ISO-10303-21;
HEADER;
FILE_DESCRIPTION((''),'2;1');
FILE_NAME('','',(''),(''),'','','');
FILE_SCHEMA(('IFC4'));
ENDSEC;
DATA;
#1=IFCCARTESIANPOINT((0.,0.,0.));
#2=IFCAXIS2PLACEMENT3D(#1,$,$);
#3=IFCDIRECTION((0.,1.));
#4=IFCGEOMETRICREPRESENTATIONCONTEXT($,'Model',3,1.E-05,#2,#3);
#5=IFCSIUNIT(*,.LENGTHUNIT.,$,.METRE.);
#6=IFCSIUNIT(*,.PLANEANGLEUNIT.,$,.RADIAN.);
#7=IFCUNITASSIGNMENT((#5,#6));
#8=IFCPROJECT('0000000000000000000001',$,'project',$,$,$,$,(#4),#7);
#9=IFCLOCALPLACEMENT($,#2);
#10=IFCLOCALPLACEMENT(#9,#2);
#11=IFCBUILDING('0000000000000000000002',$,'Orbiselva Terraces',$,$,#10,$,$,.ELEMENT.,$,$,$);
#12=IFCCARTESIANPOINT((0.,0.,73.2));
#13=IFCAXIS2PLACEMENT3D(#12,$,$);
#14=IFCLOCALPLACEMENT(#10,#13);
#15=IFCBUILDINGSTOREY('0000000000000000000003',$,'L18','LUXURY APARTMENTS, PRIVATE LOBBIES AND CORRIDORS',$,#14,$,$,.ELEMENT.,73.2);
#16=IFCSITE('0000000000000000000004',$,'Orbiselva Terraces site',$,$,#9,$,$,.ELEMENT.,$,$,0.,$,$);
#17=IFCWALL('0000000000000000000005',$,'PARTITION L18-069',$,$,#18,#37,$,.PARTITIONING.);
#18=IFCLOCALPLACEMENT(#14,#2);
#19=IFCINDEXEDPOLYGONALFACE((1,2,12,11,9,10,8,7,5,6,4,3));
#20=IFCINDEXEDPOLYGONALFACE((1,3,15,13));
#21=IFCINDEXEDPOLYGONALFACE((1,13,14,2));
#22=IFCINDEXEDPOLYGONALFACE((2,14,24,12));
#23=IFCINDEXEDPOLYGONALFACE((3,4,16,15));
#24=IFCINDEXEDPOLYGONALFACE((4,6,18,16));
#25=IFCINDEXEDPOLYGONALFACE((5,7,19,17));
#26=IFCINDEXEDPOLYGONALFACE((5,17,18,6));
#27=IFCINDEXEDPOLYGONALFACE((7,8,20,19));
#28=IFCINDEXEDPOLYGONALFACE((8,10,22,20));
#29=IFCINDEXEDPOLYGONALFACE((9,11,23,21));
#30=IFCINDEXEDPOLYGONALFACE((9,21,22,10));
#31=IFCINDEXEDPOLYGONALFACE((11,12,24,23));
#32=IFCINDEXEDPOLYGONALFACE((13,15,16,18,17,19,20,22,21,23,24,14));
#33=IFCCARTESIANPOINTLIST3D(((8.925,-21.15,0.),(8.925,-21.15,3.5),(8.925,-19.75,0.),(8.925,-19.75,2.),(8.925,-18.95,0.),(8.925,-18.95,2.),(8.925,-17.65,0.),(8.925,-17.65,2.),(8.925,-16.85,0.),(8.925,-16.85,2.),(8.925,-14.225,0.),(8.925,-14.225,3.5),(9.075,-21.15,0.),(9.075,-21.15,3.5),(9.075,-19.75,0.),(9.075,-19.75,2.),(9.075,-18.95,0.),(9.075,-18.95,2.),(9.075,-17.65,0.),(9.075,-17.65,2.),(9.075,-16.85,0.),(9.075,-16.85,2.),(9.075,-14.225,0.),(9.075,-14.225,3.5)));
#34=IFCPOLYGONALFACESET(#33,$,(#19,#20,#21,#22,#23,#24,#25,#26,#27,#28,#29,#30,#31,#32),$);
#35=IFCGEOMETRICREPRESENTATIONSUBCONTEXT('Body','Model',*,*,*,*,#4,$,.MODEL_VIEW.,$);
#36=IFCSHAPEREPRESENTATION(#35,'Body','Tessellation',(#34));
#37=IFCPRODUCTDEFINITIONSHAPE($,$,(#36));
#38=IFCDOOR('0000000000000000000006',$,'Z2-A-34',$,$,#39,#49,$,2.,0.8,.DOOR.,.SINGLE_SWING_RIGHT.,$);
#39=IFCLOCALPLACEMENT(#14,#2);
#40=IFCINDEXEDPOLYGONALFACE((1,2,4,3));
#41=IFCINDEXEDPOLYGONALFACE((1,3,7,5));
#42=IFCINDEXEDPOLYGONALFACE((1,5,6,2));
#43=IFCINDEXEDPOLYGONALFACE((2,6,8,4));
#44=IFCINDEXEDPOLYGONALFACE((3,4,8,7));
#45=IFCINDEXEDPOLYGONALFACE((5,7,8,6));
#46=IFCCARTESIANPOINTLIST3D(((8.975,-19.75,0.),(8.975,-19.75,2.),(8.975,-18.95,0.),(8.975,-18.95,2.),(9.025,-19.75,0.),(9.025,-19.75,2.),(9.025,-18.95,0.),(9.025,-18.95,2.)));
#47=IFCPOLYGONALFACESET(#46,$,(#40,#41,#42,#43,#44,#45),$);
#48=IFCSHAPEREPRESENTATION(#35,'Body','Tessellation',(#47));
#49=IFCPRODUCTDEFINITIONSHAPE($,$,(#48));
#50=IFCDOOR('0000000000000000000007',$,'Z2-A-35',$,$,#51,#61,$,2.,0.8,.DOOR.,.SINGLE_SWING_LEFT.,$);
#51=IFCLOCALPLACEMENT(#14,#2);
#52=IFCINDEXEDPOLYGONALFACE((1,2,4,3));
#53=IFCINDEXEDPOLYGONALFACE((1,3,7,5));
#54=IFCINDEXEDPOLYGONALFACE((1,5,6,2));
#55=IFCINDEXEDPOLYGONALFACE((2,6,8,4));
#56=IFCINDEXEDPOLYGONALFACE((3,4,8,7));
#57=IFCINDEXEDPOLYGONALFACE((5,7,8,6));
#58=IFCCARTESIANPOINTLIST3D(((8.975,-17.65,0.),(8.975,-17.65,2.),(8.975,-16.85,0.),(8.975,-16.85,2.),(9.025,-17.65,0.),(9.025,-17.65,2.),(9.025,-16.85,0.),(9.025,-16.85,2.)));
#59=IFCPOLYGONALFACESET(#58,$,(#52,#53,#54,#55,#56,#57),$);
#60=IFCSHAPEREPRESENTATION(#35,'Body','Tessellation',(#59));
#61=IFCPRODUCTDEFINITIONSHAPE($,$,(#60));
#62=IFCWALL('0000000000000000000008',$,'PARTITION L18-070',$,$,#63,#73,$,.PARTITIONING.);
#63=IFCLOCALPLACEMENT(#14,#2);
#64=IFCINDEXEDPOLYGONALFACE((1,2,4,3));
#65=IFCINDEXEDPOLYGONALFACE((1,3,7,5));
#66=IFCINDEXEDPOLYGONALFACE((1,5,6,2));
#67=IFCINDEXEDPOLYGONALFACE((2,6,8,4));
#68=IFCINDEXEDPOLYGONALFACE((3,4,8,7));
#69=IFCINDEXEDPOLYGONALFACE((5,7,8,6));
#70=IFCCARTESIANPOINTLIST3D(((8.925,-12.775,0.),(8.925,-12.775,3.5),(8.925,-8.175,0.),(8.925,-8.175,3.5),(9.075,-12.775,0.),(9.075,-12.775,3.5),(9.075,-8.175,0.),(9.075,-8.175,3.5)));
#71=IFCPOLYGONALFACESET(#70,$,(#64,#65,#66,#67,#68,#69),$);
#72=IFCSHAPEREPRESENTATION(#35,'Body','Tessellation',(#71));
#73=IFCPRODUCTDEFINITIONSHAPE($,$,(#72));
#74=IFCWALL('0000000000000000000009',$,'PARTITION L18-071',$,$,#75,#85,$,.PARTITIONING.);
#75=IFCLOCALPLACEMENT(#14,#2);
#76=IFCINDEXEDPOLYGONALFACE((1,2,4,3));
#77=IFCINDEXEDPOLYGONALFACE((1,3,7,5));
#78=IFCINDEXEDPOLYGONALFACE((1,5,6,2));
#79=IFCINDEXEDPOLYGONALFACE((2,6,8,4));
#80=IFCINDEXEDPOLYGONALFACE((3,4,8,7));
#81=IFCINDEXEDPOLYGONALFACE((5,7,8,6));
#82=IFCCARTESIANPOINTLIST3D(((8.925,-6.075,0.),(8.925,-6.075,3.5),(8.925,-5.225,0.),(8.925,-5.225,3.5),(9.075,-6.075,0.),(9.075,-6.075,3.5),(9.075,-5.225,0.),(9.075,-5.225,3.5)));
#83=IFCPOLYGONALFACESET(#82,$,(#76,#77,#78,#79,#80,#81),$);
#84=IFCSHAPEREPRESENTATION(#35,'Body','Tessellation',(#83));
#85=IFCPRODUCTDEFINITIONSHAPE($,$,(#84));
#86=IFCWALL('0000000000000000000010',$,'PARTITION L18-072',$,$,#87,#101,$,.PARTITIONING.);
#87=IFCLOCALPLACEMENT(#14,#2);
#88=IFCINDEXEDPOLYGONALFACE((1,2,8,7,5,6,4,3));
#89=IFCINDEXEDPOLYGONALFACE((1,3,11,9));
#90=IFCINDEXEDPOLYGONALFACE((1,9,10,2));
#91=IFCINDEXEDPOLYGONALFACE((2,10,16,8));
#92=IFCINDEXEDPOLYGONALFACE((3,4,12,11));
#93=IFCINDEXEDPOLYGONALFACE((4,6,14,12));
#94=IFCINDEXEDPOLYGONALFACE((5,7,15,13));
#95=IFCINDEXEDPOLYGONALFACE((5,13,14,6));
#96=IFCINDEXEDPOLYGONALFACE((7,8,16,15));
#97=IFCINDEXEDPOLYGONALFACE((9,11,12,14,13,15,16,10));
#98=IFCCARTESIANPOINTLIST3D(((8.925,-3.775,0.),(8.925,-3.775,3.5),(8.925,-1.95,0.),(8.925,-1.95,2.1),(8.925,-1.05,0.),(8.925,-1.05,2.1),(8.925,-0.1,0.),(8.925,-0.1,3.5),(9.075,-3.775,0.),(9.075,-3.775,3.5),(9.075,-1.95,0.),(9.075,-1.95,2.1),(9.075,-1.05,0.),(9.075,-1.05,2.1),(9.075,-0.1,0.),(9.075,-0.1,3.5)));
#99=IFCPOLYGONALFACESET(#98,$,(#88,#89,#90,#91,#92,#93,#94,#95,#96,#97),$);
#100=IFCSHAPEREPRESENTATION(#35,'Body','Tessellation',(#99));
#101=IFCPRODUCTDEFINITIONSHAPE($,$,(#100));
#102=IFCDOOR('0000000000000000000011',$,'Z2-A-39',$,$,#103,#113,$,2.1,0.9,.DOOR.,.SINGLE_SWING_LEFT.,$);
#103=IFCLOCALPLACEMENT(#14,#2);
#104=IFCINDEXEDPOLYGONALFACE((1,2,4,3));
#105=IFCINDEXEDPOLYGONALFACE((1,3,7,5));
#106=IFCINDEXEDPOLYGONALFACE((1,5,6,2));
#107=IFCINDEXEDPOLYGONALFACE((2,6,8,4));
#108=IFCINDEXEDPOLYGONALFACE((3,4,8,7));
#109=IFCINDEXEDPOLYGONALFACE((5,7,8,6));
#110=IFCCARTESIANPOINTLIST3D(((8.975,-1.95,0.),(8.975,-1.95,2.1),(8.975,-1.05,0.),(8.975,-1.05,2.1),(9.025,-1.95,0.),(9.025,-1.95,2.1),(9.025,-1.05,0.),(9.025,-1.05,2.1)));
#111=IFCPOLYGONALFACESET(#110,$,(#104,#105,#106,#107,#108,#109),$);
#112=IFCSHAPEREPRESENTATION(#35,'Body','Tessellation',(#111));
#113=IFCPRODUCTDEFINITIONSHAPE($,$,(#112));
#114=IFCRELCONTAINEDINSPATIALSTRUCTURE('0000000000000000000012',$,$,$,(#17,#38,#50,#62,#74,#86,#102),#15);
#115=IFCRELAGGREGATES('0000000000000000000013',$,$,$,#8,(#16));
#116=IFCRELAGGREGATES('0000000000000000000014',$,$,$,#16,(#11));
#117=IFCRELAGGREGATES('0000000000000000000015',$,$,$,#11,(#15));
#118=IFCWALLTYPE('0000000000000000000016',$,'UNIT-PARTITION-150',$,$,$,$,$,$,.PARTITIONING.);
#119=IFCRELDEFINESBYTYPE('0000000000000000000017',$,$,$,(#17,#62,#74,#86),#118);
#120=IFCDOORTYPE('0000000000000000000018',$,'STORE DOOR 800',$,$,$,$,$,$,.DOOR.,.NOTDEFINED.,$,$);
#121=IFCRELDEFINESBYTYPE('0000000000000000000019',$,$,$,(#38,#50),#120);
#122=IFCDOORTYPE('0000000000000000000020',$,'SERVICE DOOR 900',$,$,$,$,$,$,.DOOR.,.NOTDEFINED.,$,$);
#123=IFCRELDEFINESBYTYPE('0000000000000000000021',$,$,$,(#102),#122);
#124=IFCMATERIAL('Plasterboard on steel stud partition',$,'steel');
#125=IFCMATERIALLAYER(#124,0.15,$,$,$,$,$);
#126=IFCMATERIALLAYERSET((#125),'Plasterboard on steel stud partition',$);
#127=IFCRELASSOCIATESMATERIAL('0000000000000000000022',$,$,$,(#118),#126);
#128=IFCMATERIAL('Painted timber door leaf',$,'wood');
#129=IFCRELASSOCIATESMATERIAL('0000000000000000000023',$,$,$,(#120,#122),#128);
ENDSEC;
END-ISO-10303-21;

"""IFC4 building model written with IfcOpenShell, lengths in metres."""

from ifc_helpers import new_model, si_unit, direction, frame, frame_2d, origin, place, context, subcontext, project, spatial, rectangle, extrude, material, layer, layer_set, type_object, element, fill, save


model = new_model("IFC4")

# Units and contexts
model_context = context("Model", 3, precision=1e-05, world=origin(), true_north=direction((0.0, 1.0)))
body_context = subcontext(model_context, "Body", "Model", "MODEL_VIEW")
ifc_project = project(units=[si_unit("LENGTHUNIT", "METRE"), si_unit("PLANEANGLEUNIT", "RADIAN")], contexts=[model_context])

# Site, building, storey
site_placement = place(None, origin())
site = spatial("IfcSite", under=ifc_project, at=site_placement, Name="Orbiselva Terraces site", CompositionType="ELEMENT", RefElevation=0.0)
building_placement = place(site_placement, origin())
building = spatial("IfcBuilding", under=site, at=building_placement, Name="Orbiselva Terraces", CompositionType="ELEMENT")
storey_placement = place(building_placement, frame((0.0, 0.0, 73.2)))
storey = spatial("IfcBuildingStorey", under=building, at=storey_placement, Name="L18", Description="LUXURY APARTMENTS, PRIVATE LOBBIES AND CORRIDORS", CompositionType="ELEMENT", Elevation=73.2)

# Shared definitions
ifc_material_1 = material(Name="Plasterboard on steel stud partition", Category="steel")
ifc_layer_1 = layer(ifc_material_1, 0.15)
ifc_layer_set_1 = layer_set([ifc_layer_1], Name="Plasterboard on steel stud partition")
wall_type_1 = type_object("IfcWallType", Name="UNIT-PARTITION-150", PredefinedType="PARTITIONING", material=ifc_layer_set_1)

# Wall, openings, doors
wall_1_placement = place(storey_placement, frame((9.0, -14.225, 0.0), z_axis=(0.0, 0.0, 1.0), x_axis=(0.0, -1.0, 0.0)))
wall_1 = element("IfcWall", 1, at=wall_1_placement, inside=storey, type_object=wall_type_1, Name="PARTITION L18-069", PredefinedType="PARTITIONING", context=body_context, shape_type="SweptSolid", body=[
    extrude(rectangle(XDim=6.925, YDim=0.15, at=frame_2d((3.4625, 0.0))), origin(), (0.0, 0.0, 1.0), 3.5),
])
opening_1_placement = place(wall_1_placement, frame((4.725, 0.0, 0.0)))
opening_1 = element("IfcOpeningElement", 2, at=opening_1_placement, cuts=wall_1, PredefinedType="OPENING", context=body_context, shape_type="SweptSolid", body=[
    extrude(rectangle(XDim=0.8, YDim=2.0, at=frame_2d((0.4, 1.0))), frame((0.0, 0.085, 0.0), z_axis=(0.0, -1.0, 0.0), x_axis=(1.0, 0.0, 0.0)), (0.0, 0.0, 1.0), 0.17),
])
opening_2_placement = place(wall_1_placement, frame((2.625, 0.0, 0.0)))
opening_2 = element("IfcOpeningElement", 3, at=opening_2_placement, cuts=wall_1, PredefinedType="OPENING", context=body_context, shape_type="SweptSolid", body=[
    extrude(rectangle(XDim=0.8, YDim=2.0, at=frame_2d((0.4, 1.0))), frame((0.0, 0.085, 0.0), z_axis=(0.0, -1.0, 0.0), x_axis=(1.0, 0.0, 0.0)), (0.0, 0.0, 1.0), 0.17),
])
ifc_material_2 = material(Name="Painted timber door leaf", Category="wood")
door_type_1 = type_object("IfcDoorType", Name="STORE DOOR 800", OperationType="NOTDEFINED", PredefinedType="DOOR", material=ifc_material_2)
door_1_placement = place(opening_1_placement, origin())
door_1 = element("IfcDoor", 4, at=door_1_placement, inside=storey, type_object=door_type_1, Name="Z2-A-34", OperationType="SINGLE_SWING_RIGHT", OverallHeight=2.0, OverallWidth=0.8, PredefinedType="DOOR", context=body_context, shape_type="SweptSolid", body=[
    extrude(rectangle(XDim=0.8, YDim=2.0, at=frame_2d((0.4, 1.0))), frame((0.0, 0.025, 0.0), z_axis=(0.0, -1.0, 0.0), x_axis=(1.0, 0.0, 0.0)), (0.0, 0.0, 1.0), 0.05),
])
fill(opening_1, door_1)
door_2_placement = place(opening_2_placement, origin())
door_2 = element("IfcDoor", 5, at=door_2_placement, inside=storey, type_object=door_type_1, Name="Z2-A-35", OperationType="SINGLE_SWING_LEFT", OverallHeight=2.0, OverallWidth=0.8, PredefinedType="DOOR", context=body_context, shape_type="SweptSolid", body=[
    extrude(rectangle(XDim=0.8, YDim=2.0, at=frame_2d((0.4, 1.0))), frame((0.0, 0.025, 0.0), z_axis=(0.0, -1.0, 0.0), x_axis=(1.0, 0.0, 0.0)), (0.0, 0.0, 1.0), 0.05),
])
fill(opening_2, door_2)

# Walls
wall_2_placement = place(storey_placement, frame((9.0, -12.775, 0.0), z_axis=(0.0, 0.0, 1.0), x_axis=(0.0, 1.0, 0.0)))
element("IfcWall", 6, at=wall_2_placement, inside=storey, type_object=wall_type_1, Name="PARTITION L18-070", PredefinedType="PARTITIONING", context=body_context, shape_type="SweptSolid", body=[
    extrude(rectangle(XDim=4.6, YDim=0.15, at=frame_2d((2.3, 0.0))), origin(), (0.0, 0.0, 1.0), 3.5),
])
wall_3_placement = place(storey_placement, frame((9.0, -6.075, 0.0), z_axis=(0.0, 0.0, 1.0), x_axis=(0.0, 1.0, 0.0)))
element("IfcWall", 7, at=wall_3_placement, inside=storey, type_object=wall_type_1, Name="PARTITION L18-071", PredefinedType="PARTITIONING", context=body_context, shape_type="SweptSolid", body=[
    extrude(rectangle(XDim=0.85, YDim=0.15, at=frame_2d((0.425, 0.0))), origin(), (0.0, 0.0, 1.0), 3.5),
])

# Wall, opening, door
wall_4_placement = place(storey_placement, frame((9.0, -0.1, 0.0), z_axis=(0.0, 0.0, 1.0), x_axis=(0.0, -1.0, 0.0)))
wall_4 = element("IfcWall", 8, at=wall_4_placement, inside=storey, type_object=wall_type_1, Name="PARTITION L18-072", PredefinedType="PARTITIONING", context=body_context, shape_type="SweptSolid", body=[
    extrude(rectangle(XDim=3.675, YDim=0.15, at=frame_2d((1.8375, 0.0))), origin(), (0.0, 0.0, 1.0), 3.5),
])
opening_3_placement = place(wall_4_placement, frame((0.95, 0.0, 0.0)))
opening_3 = element("IfcOpeningElement", 9, at=opening_3_placement, cuts=wall_4, PredefinedType="OPENING", context=body_context, shape_type="SweptSolid", body=[
    extrude(rectangle(XDim=0.9, YDim=2.1, at=frame_2d((0.45, 1.05))), frame((0.0, 0.085, 0.0), z_axis=(0.0, -1.0, 0.0), x_axis=(1.0, 0.0, 0.0)), (0.0, 0.0, 1.0), 0.17),
])
door_type_2 = type_object("IfcDoorType", Name="SERVICE DOOR 900", OperationType="NOTDEFINED", PredefinedType="DOOR", material=ifc_material_2)
door_3_placement = place(opening_3_placement, origin())
door_3 = element("IfcDoor", 10, at=door_3_placement, inside=storey, type_object=door_type_2, Name="Z2-A-39", OperationType="SINGLE_SWING_LEFT", OverallHeight=2.1, OverallWidth=0.9, PredefinedType="DOOR", context=body_context, shape_type="SweptSolid", body=[
    extrude(rectangle(XDim=0.9, YDim=2.1, at=frame_2d((0.45, 1.05))), frame((0.0, 0.025, 0.0), z_axis=(0.0, -1.0, 0.0), x_axis=(1.0, 0.0, 0.0)), (0.0, 0.0, 1.0), 0.05),
])
fill(opening_3, door_3)

save(model, "model.ifc")
